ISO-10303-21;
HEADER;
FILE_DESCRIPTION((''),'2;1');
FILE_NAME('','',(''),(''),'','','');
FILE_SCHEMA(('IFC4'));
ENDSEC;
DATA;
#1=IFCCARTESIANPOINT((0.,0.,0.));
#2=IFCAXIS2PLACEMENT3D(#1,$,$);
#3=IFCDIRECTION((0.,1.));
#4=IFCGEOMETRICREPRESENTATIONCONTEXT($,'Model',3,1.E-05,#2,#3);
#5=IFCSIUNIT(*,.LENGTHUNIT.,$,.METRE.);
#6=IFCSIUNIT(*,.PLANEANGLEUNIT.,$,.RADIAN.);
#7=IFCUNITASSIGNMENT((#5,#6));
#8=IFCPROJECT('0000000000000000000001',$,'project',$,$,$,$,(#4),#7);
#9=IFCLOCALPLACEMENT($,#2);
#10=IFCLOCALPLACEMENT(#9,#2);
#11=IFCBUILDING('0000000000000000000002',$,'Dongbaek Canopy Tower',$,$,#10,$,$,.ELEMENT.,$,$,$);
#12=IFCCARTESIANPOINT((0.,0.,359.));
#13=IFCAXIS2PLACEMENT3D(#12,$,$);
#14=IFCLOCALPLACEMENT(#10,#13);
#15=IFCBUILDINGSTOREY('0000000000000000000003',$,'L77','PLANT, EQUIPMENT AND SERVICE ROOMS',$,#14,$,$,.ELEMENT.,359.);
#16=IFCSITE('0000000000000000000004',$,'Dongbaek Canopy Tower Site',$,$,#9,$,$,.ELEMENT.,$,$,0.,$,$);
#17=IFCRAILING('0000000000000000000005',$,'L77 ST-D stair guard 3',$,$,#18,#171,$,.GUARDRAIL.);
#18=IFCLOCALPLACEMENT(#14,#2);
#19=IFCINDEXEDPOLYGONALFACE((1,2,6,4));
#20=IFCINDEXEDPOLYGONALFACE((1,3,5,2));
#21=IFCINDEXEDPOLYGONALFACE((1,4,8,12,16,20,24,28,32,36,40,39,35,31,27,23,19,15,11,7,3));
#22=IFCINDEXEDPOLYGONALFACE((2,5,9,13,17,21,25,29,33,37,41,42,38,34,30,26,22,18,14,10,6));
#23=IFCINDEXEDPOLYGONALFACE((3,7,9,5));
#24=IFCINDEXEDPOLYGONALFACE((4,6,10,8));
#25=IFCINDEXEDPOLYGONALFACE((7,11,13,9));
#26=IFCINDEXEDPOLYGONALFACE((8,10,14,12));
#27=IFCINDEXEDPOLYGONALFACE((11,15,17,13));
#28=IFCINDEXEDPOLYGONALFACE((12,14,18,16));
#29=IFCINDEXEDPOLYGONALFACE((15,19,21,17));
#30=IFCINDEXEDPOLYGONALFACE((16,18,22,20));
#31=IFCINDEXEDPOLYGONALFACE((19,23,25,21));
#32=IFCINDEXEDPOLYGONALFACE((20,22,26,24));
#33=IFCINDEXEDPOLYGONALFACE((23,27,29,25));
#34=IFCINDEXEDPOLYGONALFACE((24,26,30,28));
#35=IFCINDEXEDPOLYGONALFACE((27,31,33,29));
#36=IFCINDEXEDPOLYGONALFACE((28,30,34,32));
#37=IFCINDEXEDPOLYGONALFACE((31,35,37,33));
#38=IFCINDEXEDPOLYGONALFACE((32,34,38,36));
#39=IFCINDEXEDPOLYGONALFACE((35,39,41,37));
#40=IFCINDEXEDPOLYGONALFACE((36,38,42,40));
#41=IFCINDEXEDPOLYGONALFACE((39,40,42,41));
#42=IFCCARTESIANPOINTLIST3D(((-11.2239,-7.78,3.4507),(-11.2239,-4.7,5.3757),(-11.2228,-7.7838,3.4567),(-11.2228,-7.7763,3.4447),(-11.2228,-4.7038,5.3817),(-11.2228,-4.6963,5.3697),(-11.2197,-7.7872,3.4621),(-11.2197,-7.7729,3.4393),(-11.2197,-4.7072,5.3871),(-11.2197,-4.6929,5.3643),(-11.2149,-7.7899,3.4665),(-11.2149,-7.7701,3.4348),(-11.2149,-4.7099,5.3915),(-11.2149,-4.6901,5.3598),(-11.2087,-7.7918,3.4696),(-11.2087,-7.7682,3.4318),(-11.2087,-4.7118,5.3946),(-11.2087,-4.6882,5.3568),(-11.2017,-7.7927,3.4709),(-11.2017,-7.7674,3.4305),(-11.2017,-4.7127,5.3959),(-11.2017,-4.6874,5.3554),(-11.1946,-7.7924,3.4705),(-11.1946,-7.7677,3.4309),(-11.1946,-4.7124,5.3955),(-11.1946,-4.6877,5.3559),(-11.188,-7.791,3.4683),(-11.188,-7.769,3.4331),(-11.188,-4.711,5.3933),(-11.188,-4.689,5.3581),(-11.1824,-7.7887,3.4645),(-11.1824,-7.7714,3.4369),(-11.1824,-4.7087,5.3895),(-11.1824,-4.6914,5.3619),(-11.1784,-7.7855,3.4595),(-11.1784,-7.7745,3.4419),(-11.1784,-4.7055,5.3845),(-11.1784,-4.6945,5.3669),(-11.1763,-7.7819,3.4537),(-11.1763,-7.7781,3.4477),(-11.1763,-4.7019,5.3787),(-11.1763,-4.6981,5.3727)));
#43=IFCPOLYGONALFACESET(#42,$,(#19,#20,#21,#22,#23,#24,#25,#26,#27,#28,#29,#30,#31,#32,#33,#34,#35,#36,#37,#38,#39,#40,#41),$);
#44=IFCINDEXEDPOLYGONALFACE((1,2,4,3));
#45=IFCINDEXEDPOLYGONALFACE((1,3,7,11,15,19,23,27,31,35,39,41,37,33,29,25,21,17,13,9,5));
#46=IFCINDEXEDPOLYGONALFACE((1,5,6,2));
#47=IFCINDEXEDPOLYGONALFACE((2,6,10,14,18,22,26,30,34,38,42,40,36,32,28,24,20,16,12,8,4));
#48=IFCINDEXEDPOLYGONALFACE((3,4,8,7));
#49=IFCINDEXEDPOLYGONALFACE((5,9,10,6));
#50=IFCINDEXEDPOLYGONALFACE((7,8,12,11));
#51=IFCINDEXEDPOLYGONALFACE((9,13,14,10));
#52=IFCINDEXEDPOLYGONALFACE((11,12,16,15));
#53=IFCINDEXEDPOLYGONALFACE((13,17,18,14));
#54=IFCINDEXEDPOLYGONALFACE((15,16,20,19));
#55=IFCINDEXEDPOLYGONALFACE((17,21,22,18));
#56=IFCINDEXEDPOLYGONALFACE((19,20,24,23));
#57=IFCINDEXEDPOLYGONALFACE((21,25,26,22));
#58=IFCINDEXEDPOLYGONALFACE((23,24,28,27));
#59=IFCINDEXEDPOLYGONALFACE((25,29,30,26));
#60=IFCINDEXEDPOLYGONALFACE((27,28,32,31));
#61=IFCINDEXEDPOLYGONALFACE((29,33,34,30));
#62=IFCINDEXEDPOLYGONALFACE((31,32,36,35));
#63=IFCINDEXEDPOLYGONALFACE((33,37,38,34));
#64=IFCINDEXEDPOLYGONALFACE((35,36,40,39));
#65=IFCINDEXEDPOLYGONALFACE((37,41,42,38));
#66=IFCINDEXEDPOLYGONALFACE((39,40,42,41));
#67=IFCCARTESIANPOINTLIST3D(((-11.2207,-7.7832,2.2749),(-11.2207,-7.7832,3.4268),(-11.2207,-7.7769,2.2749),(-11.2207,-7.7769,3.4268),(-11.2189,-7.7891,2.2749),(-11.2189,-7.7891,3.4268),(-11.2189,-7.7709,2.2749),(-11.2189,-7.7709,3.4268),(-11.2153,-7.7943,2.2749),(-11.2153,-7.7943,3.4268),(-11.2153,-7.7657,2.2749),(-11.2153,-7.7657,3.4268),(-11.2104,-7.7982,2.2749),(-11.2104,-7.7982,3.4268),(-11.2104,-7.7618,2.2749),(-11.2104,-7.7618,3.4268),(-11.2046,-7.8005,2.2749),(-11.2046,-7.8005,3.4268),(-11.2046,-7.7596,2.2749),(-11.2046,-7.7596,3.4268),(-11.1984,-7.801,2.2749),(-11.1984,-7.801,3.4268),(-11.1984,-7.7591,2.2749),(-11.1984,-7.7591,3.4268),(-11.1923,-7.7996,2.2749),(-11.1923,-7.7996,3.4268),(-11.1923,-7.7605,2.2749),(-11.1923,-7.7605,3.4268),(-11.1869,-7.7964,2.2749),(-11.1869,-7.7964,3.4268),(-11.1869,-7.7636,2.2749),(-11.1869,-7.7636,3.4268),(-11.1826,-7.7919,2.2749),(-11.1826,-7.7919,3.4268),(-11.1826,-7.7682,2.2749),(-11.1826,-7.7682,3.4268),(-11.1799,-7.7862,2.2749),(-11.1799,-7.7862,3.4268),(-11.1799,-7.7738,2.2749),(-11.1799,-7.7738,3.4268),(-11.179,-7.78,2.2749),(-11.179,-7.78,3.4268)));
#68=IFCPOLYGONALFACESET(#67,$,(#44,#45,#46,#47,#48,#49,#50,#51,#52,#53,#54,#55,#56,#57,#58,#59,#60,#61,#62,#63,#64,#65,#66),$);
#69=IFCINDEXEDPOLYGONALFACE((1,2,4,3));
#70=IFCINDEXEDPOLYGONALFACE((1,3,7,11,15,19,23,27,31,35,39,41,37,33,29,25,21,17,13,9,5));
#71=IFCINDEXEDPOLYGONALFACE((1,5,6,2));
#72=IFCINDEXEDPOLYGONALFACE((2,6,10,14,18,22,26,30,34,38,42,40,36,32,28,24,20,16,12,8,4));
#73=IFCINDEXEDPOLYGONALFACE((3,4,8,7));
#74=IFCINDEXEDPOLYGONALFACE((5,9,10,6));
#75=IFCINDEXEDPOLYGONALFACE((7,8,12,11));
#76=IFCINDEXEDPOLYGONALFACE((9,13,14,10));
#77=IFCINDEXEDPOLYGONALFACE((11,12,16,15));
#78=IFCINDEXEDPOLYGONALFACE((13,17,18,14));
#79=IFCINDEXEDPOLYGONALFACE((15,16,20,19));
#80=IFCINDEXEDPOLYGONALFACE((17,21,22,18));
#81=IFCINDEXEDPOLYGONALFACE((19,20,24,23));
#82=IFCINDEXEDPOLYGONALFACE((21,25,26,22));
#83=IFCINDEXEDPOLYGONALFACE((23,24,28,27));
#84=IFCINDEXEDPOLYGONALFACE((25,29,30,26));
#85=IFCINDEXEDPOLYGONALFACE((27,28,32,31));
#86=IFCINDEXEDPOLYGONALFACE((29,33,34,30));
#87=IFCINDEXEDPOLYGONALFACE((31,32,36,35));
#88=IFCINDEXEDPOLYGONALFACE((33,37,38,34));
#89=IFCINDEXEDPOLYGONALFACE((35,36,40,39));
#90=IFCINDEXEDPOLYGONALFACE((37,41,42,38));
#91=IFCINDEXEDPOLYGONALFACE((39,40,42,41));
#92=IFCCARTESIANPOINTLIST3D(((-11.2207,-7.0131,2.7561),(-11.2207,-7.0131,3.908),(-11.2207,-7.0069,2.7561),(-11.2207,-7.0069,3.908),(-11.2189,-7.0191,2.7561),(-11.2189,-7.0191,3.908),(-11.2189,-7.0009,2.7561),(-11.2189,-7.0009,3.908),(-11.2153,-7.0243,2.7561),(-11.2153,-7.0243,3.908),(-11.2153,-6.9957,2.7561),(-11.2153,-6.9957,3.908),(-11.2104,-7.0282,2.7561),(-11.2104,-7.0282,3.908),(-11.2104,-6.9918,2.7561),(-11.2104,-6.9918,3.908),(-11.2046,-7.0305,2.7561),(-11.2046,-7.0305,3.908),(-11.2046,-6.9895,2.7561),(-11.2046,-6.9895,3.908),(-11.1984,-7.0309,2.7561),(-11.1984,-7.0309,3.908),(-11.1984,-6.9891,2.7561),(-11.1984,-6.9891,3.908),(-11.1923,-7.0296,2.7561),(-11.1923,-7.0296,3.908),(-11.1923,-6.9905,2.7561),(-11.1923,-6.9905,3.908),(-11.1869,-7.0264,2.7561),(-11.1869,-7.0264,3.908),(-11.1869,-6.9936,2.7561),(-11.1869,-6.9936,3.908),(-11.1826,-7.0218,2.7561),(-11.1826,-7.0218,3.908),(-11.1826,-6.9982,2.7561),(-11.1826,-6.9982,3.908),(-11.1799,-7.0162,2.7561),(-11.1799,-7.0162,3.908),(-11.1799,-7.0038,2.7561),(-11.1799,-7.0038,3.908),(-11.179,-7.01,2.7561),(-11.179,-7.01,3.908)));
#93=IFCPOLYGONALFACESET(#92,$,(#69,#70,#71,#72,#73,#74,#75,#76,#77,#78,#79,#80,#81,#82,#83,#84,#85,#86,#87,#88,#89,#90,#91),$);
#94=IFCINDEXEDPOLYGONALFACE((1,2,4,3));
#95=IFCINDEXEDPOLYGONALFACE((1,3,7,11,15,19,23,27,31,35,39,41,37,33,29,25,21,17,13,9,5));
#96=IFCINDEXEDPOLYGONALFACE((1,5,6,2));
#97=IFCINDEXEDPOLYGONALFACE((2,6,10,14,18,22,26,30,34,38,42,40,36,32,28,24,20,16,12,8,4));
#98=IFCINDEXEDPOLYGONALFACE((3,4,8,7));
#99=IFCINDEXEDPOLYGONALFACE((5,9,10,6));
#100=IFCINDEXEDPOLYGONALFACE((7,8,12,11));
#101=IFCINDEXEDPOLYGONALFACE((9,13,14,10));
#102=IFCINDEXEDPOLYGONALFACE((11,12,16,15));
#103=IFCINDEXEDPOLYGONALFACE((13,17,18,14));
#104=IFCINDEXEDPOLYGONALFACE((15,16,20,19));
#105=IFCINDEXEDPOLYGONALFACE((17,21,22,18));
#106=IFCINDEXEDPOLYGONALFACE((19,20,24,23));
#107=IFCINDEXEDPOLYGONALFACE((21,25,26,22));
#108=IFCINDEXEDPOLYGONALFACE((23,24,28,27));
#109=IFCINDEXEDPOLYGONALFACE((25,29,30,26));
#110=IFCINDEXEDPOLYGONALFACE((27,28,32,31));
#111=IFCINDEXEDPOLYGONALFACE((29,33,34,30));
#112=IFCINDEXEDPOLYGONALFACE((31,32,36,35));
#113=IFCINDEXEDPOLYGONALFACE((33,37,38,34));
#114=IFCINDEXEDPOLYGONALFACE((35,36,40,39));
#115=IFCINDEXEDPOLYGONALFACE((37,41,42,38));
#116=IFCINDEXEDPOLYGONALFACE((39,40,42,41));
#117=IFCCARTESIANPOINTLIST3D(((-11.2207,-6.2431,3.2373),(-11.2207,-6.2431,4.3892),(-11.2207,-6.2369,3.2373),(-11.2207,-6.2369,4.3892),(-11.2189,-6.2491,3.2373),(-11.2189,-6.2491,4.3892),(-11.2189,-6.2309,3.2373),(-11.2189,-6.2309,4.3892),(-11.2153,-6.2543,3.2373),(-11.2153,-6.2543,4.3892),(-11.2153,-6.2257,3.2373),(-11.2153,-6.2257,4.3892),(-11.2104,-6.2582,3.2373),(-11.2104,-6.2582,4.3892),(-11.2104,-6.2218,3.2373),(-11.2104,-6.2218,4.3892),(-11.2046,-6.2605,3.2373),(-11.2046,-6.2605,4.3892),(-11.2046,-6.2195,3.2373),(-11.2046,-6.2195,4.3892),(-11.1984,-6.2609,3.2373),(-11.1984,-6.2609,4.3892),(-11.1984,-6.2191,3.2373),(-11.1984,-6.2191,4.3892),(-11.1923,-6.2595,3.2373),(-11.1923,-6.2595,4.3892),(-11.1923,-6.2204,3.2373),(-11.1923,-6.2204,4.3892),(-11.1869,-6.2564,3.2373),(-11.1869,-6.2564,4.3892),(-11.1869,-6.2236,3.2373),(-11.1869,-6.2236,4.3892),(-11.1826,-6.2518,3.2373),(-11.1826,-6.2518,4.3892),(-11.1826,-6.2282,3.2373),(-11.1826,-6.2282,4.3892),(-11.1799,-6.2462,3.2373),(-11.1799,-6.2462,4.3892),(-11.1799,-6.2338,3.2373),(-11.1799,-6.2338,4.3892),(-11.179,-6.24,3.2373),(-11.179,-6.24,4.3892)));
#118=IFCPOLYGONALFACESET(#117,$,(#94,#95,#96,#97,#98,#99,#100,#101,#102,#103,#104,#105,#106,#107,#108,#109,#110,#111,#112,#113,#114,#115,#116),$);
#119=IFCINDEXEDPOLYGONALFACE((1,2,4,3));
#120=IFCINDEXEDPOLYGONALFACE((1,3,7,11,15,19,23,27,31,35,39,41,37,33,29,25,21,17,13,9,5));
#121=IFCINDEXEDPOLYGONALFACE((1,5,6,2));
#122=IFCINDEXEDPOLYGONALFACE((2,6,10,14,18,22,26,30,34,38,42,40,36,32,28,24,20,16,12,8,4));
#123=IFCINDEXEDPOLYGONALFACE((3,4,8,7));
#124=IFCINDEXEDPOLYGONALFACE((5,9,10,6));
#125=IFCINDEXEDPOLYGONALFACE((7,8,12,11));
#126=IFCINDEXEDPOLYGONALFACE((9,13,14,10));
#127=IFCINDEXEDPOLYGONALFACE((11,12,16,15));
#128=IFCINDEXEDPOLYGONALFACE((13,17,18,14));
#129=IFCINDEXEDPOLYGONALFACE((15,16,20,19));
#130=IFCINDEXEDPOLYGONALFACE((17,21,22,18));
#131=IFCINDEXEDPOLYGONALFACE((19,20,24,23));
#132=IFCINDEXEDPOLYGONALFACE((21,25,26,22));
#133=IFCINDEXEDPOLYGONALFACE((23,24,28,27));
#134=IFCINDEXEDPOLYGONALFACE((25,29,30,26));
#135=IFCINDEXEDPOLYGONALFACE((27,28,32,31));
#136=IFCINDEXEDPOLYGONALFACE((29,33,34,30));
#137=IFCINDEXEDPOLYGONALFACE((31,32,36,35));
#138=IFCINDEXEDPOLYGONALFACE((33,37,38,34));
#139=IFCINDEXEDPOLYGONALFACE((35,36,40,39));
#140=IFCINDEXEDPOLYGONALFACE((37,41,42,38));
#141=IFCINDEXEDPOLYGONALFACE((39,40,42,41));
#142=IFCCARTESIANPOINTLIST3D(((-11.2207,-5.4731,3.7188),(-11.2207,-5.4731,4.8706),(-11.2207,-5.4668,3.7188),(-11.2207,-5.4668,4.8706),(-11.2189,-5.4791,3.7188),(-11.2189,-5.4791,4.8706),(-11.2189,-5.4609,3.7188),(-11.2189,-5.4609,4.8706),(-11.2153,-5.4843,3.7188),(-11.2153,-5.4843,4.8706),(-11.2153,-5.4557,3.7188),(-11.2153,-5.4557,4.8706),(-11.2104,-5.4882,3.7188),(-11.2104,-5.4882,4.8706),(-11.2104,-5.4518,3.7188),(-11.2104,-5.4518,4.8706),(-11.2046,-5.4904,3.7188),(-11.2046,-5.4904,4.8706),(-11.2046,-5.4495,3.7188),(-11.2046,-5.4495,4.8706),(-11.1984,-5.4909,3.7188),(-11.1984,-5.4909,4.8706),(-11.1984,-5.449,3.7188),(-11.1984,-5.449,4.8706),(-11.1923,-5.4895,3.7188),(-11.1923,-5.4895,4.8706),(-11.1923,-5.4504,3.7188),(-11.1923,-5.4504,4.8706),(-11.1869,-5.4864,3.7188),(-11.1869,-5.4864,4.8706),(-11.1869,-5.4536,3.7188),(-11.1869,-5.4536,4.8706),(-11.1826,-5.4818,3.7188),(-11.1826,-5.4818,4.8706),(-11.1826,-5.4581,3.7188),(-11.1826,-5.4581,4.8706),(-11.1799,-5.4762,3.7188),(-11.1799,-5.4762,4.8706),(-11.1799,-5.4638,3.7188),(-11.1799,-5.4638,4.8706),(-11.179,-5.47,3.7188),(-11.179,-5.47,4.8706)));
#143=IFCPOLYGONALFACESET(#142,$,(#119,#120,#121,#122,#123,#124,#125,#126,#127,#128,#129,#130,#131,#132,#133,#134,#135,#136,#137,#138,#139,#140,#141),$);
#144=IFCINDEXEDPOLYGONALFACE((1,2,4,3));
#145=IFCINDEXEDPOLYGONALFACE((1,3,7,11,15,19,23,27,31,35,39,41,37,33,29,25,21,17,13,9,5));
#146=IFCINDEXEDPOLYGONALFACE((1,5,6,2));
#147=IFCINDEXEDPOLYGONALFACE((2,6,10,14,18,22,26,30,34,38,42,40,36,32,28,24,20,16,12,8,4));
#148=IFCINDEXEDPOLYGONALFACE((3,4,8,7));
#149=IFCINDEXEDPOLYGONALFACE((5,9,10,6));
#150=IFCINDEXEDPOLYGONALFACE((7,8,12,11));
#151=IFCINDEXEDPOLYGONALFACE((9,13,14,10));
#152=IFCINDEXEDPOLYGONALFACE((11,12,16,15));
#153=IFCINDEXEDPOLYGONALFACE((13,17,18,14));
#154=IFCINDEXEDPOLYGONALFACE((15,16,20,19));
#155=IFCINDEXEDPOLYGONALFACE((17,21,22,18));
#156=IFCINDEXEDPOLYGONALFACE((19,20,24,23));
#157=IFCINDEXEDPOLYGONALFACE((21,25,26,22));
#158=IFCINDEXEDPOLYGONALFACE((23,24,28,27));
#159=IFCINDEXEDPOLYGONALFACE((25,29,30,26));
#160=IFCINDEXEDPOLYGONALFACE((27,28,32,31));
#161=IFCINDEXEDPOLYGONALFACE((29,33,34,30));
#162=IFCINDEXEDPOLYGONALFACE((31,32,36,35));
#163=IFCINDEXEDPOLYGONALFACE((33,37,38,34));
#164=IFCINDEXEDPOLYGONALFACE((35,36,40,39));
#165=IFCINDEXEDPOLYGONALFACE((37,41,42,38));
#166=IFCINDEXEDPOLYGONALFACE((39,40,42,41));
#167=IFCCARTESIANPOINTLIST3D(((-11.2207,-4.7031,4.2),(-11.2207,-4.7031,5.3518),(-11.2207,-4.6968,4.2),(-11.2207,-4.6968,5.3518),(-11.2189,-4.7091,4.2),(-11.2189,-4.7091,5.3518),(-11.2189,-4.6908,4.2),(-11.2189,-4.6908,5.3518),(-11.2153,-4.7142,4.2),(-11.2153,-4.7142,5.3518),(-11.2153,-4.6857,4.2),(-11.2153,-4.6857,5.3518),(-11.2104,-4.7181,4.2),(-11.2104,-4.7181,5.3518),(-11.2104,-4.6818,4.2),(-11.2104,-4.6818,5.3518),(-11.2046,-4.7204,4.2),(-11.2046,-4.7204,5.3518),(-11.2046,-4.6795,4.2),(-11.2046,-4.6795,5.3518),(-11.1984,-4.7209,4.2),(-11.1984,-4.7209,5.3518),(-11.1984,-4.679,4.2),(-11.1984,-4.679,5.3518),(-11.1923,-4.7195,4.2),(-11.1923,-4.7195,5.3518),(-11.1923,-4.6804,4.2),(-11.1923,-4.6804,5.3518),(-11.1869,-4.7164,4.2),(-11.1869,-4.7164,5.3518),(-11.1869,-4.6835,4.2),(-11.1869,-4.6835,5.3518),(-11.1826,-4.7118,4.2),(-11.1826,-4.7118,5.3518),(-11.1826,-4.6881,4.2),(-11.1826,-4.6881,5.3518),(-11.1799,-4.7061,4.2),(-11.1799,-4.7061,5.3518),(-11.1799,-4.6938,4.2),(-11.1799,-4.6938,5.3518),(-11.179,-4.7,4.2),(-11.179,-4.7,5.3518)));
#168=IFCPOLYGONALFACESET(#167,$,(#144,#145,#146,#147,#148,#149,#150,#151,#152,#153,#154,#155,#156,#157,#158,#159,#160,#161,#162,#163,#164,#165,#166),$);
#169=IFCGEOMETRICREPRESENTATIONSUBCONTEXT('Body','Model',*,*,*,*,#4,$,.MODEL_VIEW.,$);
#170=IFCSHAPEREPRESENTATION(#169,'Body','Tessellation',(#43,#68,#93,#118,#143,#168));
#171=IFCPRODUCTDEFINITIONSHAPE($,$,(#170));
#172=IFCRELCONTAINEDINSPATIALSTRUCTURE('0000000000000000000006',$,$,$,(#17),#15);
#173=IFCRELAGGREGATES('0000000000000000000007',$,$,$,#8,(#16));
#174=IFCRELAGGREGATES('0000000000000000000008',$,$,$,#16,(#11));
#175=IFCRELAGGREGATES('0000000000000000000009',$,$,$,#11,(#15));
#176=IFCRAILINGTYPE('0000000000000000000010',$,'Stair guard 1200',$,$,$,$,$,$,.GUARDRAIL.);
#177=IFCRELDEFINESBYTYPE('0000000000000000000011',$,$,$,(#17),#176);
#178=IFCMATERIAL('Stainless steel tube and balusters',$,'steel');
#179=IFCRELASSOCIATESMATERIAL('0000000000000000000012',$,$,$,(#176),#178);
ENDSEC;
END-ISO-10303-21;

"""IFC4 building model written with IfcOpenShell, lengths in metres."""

from ifc_helpers import new_model, si_unit, direction, frame, origin, origin_2d, place, context, subcontext, project, spatial, circle, extrude, material, type_object, element, save


model = new_model("IFC4")

# Units and contexts
model_context = context("Model", 3, precision=1e-05, world=origin(), true_north=direction((0.0, 1.0)))
body_context = subcontext(model_context, "Body", "Model", "MODEL_VIEW")
ifc_project = project(units=[si_unit("LENGTHUNIT", "METRE"), si_unit("PLANEANGLEUNIT", "RADIAN")], contexts=[model_context])

# Site, building, storey
site_placement = place(None, origin())
site = spatial("IfcSite", under=ifc_project, at=site_placement, Name="Dongbaek Canopy Tower Site", CompositionType="ELEMENT", RefElevation=0.0)
building_placement = place(site_placement, origin())
building = spatial("IfcBuilding", under=site, at=building_placement, Name="Dongbaek Canopy Tower", CompositionType="ELEMENT")
storey_placement = place(building_placement, frame((0.0, 0.0, 359.0)))
storey = spatial("IfcBuildingStorey", under=building, at=storey_placement, Name="L77", Description="PLANT, EQUIPMENT AND SERVICE ROOMS", CompositionType="ELEMENT", Elevation=359.0)

# Railing
ifc_material_1 = material(Name="Stainless steel tube and balusters", Category="steel")
railing_type_1 = type_object("IfcRailingType", Name="Stair guard 1200", PredefinedType="GUARDRAIL", material=ifc_material_1)
railing_1_placement = place(storey_placement, frame((-11.2, -7.78, 2.2749)))
element("IfcRailing", 1, at=railing_1_placement, inside=storey, type_object=railing_type_1, Name="L77 ST-D stair guard 3", PredefinedType="GUARDRAIL", context=body_context, shape_type="SweptSolid", body=[
    extrude(circle(Radius=0.0239, at=origin_2d()), frame((0.0, 0.0, 1.1758), z_axis=(0.0, 0.847998, 0.529999), x_axis=(-1.0, 0.0, 0.0)), (0.0, 0.0, 1.0), 3.6321),
    extrude(circle(Radius=0.021, at=origin_2d()), origin(), (0.0, 0.0, 1.0), 1.1519),
    extrude(circle(Radius=0.021, at=origin_2d()), frame((0.0, 0.77, 0.4812)), (0.0, 0.0, 1.0), 1.1519),
    extrude(circle(Radius=0.021, at=origin_2d()), frame((0.0, 1.54, 0.9624)), (0.0, 0.0, 1.0), 1.1519),
    extrude(circle(Radius=0.021, at=origin_2d()), frame((0.0, 2.3101, 1.4438)), (0.0, 0.0, 1.0), 1.1519),
    extrude(circle(Radius=0.021, at=origin_2d()), frame((0.0, 3.0801, 1.925)), (0.0, 0.0, 1.0), 1.1519),
])

save(model, "model.ifc")
